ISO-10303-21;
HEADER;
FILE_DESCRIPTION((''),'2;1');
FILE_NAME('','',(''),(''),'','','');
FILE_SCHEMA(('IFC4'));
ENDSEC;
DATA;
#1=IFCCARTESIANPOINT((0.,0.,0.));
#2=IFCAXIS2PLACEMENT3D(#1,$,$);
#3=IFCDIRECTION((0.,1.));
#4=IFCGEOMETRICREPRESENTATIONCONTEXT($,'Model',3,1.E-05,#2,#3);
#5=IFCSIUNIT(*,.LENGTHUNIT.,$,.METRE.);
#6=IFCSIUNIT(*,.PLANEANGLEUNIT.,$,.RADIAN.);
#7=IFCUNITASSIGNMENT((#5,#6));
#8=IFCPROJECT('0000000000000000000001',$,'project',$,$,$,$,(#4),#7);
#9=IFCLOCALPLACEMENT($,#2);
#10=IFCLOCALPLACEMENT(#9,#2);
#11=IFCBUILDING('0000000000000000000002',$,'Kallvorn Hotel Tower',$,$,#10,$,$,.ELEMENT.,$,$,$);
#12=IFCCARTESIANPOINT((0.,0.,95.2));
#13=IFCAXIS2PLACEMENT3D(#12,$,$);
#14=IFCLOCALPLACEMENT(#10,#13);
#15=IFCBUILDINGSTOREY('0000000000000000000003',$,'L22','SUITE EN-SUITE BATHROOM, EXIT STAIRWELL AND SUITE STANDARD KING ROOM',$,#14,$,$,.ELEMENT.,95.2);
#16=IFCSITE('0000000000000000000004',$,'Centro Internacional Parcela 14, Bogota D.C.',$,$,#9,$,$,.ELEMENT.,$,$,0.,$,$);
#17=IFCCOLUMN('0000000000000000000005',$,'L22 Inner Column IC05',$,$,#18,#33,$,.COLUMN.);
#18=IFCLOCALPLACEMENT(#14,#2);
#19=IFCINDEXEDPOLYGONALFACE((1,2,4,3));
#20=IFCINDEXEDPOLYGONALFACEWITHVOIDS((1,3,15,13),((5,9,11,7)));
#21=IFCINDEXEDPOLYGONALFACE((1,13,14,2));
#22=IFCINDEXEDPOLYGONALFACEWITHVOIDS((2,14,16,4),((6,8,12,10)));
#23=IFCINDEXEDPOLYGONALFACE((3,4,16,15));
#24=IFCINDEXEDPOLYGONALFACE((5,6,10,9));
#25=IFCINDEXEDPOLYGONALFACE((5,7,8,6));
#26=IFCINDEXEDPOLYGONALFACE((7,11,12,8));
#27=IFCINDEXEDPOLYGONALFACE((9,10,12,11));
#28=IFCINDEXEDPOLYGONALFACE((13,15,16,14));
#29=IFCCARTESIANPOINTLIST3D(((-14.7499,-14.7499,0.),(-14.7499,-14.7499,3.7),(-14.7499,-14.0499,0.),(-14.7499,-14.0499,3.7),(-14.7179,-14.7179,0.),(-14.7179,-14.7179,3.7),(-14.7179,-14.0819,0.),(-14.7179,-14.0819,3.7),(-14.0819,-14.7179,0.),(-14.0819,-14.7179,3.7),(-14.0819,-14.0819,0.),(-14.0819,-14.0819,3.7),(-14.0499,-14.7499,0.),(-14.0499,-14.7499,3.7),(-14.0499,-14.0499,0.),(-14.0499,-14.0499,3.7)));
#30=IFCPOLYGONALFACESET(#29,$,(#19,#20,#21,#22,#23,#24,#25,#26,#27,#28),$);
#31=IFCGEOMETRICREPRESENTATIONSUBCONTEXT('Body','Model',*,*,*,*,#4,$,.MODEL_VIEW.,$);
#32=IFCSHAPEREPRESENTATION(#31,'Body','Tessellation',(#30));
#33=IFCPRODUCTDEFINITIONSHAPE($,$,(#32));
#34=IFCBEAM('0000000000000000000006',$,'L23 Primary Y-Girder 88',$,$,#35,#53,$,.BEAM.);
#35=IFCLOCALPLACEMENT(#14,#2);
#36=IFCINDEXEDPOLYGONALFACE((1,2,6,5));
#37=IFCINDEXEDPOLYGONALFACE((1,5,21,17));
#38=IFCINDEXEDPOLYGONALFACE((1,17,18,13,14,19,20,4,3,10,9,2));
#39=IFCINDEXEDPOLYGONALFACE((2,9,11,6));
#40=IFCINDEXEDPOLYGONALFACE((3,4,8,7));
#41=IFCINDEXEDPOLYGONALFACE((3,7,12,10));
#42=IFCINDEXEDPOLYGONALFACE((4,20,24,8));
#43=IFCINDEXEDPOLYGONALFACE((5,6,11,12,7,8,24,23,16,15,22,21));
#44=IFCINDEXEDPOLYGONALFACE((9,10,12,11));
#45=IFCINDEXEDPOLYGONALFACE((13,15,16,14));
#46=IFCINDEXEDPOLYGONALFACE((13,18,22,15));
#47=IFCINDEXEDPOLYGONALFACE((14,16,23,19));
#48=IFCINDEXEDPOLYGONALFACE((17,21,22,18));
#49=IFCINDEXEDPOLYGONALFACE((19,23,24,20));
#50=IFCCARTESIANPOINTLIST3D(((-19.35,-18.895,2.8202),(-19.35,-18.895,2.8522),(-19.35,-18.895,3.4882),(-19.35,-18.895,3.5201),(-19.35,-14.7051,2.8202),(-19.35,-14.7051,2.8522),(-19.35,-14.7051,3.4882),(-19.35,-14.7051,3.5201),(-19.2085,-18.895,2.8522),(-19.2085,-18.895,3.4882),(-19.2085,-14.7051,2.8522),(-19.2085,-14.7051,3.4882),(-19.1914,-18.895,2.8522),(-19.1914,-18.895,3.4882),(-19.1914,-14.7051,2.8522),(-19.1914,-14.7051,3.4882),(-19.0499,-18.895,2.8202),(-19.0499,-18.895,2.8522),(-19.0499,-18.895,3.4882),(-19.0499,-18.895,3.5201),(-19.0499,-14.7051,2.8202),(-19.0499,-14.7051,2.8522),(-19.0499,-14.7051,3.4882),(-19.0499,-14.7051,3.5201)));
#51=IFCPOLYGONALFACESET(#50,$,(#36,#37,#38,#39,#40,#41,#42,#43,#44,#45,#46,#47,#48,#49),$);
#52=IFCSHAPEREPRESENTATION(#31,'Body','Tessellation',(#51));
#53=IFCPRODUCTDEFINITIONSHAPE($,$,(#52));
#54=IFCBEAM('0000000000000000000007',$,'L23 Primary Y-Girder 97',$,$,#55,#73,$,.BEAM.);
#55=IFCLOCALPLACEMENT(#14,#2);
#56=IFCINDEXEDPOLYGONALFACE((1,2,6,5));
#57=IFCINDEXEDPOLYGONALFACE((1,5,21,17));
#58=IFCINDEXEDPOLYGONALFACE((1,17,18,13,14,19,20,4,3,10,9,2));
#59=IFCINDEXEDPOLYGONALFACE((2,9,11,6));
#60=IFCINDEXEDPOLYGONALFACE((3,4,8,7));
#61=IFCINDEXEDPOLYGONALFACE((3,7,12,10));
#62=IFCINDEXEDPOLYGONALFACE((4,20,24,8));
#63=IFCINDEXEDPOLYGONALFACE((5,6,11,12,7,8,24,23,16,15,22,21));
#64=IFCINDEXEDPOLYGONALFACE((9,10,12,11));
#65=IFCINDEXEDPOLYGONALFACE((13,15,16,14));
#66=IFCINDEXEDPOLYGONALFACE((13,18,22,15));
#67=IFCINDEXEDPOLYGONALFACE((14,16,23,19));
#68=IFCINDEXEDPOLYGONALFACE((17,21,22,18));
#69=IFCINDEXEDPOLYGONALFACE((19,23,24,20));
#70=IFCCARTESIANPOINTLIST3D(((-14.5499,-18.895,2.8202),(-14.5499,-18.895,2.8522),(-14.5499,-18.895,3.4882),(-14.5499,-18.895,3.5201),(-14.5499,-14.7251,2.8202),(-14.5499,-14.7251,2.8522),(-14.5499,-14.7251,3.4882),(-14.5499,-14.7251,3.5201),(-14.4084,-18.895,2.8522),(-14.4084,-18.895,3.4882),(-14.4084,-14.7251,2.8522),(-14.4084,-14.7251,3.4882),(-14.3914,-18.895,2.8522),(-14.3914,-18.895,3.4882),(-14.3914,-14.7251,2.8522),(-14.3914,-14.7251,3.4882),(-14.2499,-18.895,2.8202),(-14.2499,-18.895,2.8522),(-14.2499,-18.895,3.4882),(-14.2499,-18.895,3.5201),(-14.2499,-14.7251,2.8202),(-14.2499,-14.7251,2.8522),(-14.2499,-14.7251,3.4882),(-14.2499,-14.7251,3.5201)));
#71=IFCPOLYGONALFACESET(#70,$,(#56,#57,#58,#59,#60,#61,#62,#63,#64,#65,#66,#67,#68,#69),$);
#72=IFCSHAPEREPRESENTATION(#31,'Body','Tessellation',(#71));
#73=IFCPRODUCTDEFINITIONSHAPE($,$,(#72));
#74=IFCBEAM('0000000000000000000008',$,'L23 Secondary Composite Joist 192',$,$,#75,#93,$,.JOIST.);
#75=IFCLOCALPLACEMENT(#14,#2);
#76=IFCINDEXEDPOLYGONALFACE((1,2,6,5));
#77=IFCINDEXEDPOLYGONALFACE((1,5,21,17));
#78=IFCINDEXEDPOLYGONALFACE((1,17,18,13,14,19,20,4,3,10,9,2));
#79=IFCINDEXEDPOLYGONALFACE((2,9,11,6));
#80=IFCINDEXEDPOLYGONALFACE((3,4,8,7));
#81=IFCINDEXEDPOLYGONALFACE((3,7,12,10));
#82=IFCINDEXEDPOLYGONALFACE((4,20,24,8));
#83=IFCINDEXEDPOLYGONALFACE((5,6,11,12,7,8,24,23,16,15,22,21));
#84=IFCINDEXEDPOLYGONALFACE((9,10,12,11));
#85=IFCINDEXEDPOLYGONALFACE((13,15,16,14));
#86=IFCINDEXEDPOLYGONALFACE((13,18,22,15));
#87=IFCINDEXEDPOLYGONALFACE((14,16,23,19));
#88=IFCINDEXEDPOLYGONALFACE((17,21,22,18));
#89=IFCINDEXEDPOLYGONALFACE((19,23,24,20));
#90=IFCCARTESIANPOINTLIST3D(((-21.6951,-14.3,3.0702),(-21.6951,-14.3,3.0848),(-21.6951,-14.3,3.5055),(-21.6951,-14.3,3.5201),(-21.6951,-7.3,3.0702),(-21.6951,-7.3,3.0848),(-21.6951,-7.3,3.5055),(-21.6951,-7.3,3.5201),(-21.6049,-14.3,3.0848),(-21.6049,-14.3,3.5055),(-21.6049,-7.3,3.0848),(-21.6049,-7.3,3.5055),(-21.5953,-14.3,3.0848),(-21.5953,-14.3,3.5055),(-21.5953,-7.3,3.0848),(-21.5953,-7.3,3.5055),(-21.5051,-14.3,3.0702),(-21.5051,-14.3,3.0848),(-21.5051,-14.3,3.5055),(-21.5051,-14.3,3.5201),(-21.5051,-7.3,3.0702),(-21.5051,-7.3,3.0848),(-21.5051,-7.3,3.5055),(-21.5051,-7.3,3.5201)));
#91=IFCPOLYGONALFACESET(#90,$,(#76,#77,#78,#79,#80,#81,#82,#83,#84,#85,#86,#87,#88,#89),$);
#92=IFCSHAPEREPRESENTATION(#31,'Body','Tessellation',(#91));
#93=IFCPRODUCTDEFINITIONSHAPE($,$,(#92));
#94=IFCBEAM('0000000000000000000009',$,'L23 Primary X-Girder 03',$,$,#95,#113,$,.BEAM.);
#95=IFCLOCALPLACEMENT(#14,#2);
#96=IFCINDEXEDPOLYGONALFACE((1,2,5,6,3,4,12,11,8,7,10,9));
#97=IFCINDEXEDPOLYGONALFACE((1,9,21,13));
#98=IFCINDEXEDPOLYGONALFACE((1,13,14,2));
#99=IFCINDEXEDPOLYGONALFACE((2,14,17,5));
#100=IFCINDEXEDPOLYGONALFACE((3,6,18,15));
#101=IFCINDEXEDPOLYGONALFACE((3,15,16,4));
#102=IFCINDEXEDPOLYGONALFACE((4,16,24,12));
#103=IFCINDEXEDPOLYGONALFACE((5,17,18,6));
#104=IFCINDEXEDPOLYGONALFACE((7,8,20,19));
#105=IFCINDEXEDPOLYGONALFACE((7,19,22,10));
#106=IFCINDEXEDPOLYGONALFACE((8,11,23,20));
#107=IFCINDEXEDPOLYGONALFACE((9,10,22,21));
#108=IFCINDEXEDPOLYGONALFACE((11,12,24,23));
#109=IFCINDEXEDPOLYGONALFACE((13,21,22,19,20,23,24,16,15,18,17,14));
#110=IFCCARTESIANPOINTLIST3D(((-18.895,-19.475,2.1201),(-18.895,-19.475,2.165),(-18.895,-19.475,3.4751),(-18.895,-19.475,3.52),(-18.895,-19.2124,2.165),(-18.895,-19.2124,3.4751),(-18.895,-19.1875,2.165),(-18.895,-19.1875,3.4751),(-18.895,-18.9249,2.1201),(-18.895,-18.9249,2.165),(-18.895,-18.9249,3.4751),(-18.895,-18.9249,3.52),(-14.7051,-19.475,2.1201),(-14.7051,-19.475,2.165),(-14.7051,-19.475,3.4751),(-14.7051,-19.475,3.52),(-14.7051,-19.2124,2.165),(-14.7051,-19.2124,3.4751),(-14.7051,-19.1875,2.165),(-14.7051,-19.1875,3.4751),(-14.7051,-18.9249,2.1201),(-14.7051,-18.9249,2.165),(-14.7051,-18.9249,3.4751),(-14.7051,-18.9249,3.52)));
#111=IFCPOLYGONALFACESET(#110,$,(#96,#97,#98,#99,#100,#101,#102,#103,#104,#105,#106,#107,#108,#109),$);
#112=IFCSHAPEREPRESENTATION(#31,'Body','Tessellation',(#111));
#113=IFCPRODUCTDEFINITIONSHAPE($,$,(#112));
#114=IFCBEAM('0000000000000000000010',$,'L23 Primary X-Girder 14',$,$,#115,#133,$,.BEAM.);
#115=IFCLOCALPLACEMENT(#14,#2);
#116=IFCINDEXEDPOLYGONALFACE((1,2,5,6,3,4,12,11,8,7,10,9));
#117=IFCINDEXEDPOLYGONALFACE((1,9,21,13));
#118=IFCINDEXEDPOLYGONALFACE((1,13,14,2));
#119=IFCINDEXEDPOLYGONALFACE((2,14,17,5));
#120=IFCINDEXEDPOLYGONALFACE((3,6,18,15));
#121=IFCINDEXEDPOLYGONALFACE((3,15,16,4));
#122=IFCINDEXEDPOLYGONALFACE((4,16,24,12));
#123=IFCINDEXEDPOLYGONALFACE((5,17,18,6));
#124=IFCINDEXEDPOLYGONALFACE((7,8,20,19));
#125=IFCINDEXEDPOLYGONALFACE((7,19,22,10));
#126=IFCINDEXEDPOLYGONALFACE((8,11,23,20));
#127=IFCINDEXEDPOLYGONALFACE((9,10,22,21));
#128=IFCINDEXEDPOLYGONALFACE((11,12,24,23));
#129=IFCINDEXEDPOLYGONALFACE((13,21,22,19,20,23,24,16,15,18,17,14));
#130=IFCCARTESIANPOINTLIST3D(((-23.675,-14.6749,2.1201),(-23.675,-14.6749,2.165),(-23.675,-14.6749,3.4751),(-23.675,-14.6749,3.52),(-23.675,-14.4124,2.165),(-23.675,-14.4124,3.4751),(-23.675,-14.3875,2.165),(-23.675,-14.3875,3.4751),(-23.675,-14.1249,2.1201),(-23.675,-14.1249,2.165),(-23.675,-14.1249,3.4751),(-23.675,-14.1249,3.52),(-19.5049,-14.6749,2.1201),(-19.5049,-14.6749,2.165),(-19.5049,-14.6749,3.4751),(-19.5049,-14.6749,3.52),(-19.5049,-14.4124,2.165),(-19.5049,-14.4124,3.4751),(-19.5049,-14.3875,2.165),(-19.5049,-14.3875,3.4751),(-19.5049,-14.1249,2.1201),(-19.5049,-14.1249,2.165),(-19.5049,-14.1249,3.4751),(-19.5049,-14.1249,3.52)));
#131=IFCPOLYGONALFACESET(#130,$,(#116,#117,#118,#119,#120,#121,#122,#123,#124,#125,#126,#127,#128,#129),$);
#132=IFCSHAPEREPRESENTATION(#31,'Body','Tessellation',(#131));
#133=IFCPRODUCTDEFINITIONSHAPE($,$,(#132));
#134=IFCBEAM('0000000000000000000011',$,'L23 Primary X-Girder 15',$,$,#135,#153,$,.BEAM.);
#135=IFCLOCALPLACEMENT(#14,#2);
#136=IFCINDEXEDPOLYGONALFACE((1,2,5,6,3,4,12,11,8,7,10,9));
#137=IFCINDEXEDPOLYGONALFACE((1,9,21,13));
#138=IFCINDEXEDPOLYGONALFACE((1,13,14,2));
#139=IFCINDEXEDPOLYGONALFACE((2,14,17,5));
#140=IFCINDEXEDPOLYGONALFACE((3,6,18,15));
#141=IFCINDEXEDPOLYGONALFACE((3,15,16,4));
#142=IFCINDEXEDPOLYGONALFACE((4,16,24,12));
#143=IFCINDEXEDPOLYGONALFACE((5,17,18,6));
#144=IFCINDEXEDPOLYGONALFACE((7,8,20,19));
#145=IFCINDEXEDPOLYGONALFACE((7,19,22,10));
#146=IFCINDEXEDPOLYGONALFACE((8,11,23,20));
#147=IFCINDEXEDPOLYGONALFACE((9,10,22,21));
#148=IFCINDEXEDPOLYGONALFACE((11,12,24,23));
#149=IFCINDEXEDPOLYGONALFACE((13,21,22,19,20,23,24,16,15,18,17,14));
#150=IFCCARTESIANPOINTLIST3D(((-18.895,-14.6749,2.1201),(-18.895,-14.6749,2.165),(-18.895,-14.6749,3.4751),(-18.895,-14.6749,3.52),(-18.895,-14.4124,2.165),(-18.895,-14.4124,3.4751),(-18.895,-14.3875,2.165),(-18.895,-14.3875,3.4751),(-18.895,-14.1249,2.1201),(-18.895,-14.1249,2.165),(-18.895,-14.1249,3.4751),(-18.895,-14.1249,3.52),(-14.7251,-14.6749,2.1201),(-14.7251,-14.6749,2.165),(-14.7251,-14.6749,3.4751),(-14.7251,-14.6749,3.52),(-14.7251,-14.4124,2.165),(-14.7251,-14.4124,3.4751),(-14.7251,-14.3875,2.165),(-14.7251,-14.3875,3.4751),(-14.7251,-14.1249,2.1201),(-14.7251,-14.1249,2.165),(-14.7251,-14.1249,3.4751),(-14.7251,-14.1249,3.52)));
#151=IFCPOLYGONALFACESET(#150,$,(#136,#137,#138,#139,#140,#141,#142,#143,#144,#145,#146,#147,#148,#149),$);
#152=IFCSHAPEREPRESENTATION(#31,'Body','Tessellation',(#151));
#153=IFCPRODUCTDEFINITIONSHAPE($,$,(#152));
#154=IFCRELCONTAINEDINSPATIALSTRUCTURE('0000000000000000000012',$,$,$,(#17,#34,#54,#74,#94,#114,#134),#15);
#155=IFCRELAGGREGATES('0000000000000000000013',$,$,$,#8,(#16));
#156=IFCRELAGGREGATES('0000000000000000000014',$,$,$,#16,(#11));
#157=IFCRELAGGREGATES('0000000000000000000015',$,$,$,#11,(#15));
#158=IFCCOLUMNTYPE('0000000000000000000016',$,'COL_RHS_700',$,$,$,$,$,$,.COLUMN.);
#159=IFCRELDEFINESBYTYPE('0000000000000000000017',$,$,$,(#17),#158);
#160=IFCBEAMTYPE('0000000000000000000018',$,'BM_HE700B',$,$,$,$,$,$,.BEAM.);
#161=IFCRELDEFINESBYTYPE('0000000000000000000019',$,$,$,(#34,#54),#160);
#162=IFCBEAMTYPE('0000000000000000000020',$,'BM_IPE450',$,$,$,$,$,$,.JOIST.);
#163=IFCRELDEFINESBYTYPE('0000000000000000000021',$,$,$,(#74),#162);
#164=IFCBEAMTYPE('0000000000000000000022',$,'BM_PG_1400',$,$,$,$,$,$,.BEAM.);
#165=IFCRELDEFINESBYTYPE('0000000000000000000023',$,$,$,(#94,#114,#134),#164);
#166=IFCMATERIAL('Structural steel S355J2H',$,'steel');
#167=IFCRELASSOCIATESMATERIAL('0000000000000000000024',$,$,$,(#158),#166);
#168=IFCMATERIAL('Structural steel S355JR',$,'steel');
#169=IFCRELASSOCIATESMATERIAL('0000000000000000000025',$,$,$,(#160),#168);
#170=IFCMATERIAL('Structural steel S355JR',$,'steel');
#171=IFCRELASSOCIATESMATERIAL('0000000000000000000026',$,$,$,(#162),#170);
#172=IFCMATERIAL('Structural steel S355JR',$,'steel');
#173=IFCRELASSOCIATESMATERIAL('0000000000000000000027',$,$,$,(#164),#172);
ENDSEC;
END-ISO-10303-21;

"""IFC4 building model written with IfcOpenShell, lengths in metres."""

from ifc_helpers import new_model, si_unit, direction, frame, origin, origin_2d, place, context, subcontext, project, spatial, hollow_rectangle, i_section, extrude, material, material_profile, profile_set, type_object, element, save


model = new_model("IFC4")

# Units and contexts
model_context = context("Model", 3, precision=1e-05, world=origin(), true_north=direction((0.0, 1.0)))
body_context = subcontext(model_context, "Body", "Model", "MODEL_VIEW")
ifc_project = project(units=[si_unit("LENGTHUNIT", "METRE"), si_unit("PLANEANGLEUNIT", "RADIAN")], contexts=[model_context])

# Site, building, storey
site_placement = place(None, origin())
site = spatial("IfcSite", under=ifc_project, at=site_placement, Name="Centro Internacional Parcela 14, Bogota D.C.", CompositionType="ELEMENT", RefElevation=0.0)
building_placement = place(site_placement, origin())
building = spatial("IfcBuilding", under=site, at=building_placement, Name="Kallvorn Hotel Tower", CompositionType="ELEMENT")
storey_placement = place(building_placement, frame((0.0, 0.0, 95.2)))
storey = spatial("IfcBuildingStorey", under=building, at=storey_placement, Name="L22", Description="SUITE EN-SUITE BATHROOM, EXIT STAIRWELL AND SUITE STANDARD KING ROOM", CompositionType="ELEMENT", Elevation=95.2)

# Column
ifc_material_1 = material(Name="Structural steel S355J2H", Category="steel")
ifc_material_profile_1 = material_profile(ifc_material_1, hollow_rectangle(XDim=0.7, YDim=0.7, WallThickness=0.032, at=origin_2d()), Name="RHS 700x700x32")
ifc_profile_set_1 = profile_set([ifc_material_profile_1], Name="Structural steel S355J2H")
column_type_1 = type_object("IfcColumnType", Name="COL_RHS_700", PredefinedType="COLUMN", material=ifc_profile_set_1)
column_placement = place(storey_placement, frame((-14.3999, -14.3999, 0.0), z_axis=(0.0, 0.0, 1.0), x_axis=(1.0, 0.0, 0.0)))
element("IfcColumn", 1, at=column_placement, inside=storey, type_object=column_type_1, Name="L22 Inner Column IC05", PredefinedType="COLUMN", context=body_context, shape_type="SweptSolid", body=[
    extrude(hollow_rectangle(XDim=0.7, YDim=0.7, WallThickness=0.032, at=origin_2d()), origin(), (0.0, 0.0, 1.0), 3.7),
])

# Beams
ifc_material_2 = material(Name="Structural steel S355JR", Category="steel")
ifc_material_profile_2 = material_profile(ifc_material_2, i_section(OverallWidth=0.3, OverallDepth=0.7, WebThickness=0.0171, FlangeThickness=0.032, at=origin_2d()), Name="HE 700 B")
ifc_profile_set_2 = profile_set([ifc_material_profile_2], Name="Structural steel S355JR")
beam_type_1 = type_object("IfcBeamType", Name="BM_HE700B", PredefinedType="BEAM", material=ifc_profile_set_2)
beam_1_placement = place(storey_placement, frame((-19.2, -18.895, 3.1702), z_axis=(0.0, 1.0, 0.0), x_axis=(-1.0, 0.0, 0.0)))
element("IfcBeam", 2, at=beam_1_placement, inside=storey, type_object=beam_type_1, Name="L23 Primary Y-Girder 88", PredefinedType="BEAM", context=body_context, shape_type="SweptSolid", body=[
    extrude(i_section(OverallWidth=0.3, OverallDepth=0.7, WebThickness=0.0171, FlangeThickness=0.032, at=origin_2d()), origin(), (0.0, 0.0, 1.0), 4.1899),
])
beam_2_placement = place(storey_placement, frame((-14.3999, -18.895, 3.1702), z_axis=(0.0, 1.0, 0.0), x_axis=(-1.0, 0.0, 0.0)))
element("IfcBeam", 3, at=beam_2_placement, inside=storey, type_object=beam_type_1, Name="L23 Primary Y-Girder 97", PredefinedType="BEAM", context=body_context, shape_type="SweptSolid", body=[
    extrude(i_section(OverallWidth=0.3, OverallDepth=0.7, WebThickness=0.0171, FlangeThickness=0.032, at=origin_2d()), origin(), (0.0, 0.0, 1.0), 4.1699),
])
ifc_material_3 = material(Name="Structural steel S355JR", Category="steel")
ifc_material_profile_3 = material_profile(ifc_material_3, i_section(OverallWidth=0.1899, OverallDepth=0.45, WebThickness=0.0095, FlangeThickness=0.0146, at=origin_2d()), Name="IPE 450")
ifc_profile_set_3 = profile_set([ifc_material_profile_3], Name="Structural steel S355JR")
beam_type_2 = type_object("IfcBeamType", Name="BM_IPE450", PredefinedType="JOIST", material=ifc_profile_set_3)
beam_3_placement = place(storey_placement, frame((-21.6001, -14.3, 3.2952), z_axis=(0.0, 1.0, 0.0), x_axis=(-1.0, 0.0, 0.0)))
element("IfcBeam", 4, at=beam_3_placement, inside=storey, type_object=beam_type_2, Name="L23 Secondary Composite Joist 192", PredefinedType="JOIST", context=body_context, shape_type="SweptSolid", body=[
    extrude(i_section(OverallWidth=0.1899, OverallDepth=0.45, WebThickness=0.0095, FlangeThickness=0.0146, at=origin_2d()), origin(), (0.0, 0.0, 1.0), 7.0),
])
ifc_material_4 = material(Name="Structural steel S355JR", Category="steel")
ifc_material_profile_4 = material_profile(ifc_material_4, i_section(OverallWidth=0.55, OverallDepth=1.3999, WebThickness=0.0249, FlangeThickness=0.0449, at=origin_2d()), Name="PG 1400x550x25x45")
ifc_profile_set_4 = profile_set([ifc_material_profile_4], Name="Structural steel S355JR")
beam_type_3 = type_object("IfcBeamType", Name="BM_PG_1400", PredefinedType="BEAM", material=ifc_profile_set_4)
beam_4_placement = place(storey_placement, frame((-18.895, -19.2, 2.8201), z_axis=(1.0, 0.0, 0.0), x_axis=(0.0, 1.0, 0.0)))
element("IfcBeam", 5, at=beam_4_placement, inside=storey, type_object=beam_type_3, Name="L23 Primary X-Girder 03", PredefinedType="BEAM", context=body_context, shape_type="SweptSolid", body=[
    extrude(i_section(OverallWidth=0.55, OverallDepth=1.3999, WebThickness=0.0249, FlangeThickness=0.0449, at=origin_2d()), origin(), (0.0, 0.0, 1.0), 4.1899),
])
beam_5_placement = place(storey_placement, frame((-23.675, -14.3999, 2.8201), z_axis=(1.0, 0.0, 0.0), x_axis=(0.0, 1.0, 0.0)))
element("IfcBeam", 6, at=beam_5_placement, inside=storey, type_object=beam_type_3, Name="L23 Primary X-Girder 14", PredefinedType="BEAM", context=body_context, shape_type="SweptSolid", body=[
    extrude(i_section(OverallWidth=0.55, OverallDepth=1.3999, WebThickness=0.0249, FlangeThickness=0.0449, at=origin_2d()), origin(), (0.0, 0.0, 1.0), 4.1702),
])
beam_6_placement = place(storey_placement, frame((-18.895, -14.3999, 2.8201), z_axis=(1.0, 0.0, 0.0), x_axis=(0.0, 1.0, 0.0)))
element("IfcBeam", 7, at=beam_6_placement, inside=storey, type_object=beam_type_3, Name="L23 Primary X-Girder 15", PredefinedType="BEAM", context=body_context, shape_type="SweptSolid", body=[
    extrude(i_section(OverallWidth=0.55, OverallDepth=1.3999, WebThickness=0.0249, FlangeThickness=0.0449, at=origin_2d()), origin(), (0.0, 0.0, 1.0), 4.1699),
])

save(model, "model.ifc")
